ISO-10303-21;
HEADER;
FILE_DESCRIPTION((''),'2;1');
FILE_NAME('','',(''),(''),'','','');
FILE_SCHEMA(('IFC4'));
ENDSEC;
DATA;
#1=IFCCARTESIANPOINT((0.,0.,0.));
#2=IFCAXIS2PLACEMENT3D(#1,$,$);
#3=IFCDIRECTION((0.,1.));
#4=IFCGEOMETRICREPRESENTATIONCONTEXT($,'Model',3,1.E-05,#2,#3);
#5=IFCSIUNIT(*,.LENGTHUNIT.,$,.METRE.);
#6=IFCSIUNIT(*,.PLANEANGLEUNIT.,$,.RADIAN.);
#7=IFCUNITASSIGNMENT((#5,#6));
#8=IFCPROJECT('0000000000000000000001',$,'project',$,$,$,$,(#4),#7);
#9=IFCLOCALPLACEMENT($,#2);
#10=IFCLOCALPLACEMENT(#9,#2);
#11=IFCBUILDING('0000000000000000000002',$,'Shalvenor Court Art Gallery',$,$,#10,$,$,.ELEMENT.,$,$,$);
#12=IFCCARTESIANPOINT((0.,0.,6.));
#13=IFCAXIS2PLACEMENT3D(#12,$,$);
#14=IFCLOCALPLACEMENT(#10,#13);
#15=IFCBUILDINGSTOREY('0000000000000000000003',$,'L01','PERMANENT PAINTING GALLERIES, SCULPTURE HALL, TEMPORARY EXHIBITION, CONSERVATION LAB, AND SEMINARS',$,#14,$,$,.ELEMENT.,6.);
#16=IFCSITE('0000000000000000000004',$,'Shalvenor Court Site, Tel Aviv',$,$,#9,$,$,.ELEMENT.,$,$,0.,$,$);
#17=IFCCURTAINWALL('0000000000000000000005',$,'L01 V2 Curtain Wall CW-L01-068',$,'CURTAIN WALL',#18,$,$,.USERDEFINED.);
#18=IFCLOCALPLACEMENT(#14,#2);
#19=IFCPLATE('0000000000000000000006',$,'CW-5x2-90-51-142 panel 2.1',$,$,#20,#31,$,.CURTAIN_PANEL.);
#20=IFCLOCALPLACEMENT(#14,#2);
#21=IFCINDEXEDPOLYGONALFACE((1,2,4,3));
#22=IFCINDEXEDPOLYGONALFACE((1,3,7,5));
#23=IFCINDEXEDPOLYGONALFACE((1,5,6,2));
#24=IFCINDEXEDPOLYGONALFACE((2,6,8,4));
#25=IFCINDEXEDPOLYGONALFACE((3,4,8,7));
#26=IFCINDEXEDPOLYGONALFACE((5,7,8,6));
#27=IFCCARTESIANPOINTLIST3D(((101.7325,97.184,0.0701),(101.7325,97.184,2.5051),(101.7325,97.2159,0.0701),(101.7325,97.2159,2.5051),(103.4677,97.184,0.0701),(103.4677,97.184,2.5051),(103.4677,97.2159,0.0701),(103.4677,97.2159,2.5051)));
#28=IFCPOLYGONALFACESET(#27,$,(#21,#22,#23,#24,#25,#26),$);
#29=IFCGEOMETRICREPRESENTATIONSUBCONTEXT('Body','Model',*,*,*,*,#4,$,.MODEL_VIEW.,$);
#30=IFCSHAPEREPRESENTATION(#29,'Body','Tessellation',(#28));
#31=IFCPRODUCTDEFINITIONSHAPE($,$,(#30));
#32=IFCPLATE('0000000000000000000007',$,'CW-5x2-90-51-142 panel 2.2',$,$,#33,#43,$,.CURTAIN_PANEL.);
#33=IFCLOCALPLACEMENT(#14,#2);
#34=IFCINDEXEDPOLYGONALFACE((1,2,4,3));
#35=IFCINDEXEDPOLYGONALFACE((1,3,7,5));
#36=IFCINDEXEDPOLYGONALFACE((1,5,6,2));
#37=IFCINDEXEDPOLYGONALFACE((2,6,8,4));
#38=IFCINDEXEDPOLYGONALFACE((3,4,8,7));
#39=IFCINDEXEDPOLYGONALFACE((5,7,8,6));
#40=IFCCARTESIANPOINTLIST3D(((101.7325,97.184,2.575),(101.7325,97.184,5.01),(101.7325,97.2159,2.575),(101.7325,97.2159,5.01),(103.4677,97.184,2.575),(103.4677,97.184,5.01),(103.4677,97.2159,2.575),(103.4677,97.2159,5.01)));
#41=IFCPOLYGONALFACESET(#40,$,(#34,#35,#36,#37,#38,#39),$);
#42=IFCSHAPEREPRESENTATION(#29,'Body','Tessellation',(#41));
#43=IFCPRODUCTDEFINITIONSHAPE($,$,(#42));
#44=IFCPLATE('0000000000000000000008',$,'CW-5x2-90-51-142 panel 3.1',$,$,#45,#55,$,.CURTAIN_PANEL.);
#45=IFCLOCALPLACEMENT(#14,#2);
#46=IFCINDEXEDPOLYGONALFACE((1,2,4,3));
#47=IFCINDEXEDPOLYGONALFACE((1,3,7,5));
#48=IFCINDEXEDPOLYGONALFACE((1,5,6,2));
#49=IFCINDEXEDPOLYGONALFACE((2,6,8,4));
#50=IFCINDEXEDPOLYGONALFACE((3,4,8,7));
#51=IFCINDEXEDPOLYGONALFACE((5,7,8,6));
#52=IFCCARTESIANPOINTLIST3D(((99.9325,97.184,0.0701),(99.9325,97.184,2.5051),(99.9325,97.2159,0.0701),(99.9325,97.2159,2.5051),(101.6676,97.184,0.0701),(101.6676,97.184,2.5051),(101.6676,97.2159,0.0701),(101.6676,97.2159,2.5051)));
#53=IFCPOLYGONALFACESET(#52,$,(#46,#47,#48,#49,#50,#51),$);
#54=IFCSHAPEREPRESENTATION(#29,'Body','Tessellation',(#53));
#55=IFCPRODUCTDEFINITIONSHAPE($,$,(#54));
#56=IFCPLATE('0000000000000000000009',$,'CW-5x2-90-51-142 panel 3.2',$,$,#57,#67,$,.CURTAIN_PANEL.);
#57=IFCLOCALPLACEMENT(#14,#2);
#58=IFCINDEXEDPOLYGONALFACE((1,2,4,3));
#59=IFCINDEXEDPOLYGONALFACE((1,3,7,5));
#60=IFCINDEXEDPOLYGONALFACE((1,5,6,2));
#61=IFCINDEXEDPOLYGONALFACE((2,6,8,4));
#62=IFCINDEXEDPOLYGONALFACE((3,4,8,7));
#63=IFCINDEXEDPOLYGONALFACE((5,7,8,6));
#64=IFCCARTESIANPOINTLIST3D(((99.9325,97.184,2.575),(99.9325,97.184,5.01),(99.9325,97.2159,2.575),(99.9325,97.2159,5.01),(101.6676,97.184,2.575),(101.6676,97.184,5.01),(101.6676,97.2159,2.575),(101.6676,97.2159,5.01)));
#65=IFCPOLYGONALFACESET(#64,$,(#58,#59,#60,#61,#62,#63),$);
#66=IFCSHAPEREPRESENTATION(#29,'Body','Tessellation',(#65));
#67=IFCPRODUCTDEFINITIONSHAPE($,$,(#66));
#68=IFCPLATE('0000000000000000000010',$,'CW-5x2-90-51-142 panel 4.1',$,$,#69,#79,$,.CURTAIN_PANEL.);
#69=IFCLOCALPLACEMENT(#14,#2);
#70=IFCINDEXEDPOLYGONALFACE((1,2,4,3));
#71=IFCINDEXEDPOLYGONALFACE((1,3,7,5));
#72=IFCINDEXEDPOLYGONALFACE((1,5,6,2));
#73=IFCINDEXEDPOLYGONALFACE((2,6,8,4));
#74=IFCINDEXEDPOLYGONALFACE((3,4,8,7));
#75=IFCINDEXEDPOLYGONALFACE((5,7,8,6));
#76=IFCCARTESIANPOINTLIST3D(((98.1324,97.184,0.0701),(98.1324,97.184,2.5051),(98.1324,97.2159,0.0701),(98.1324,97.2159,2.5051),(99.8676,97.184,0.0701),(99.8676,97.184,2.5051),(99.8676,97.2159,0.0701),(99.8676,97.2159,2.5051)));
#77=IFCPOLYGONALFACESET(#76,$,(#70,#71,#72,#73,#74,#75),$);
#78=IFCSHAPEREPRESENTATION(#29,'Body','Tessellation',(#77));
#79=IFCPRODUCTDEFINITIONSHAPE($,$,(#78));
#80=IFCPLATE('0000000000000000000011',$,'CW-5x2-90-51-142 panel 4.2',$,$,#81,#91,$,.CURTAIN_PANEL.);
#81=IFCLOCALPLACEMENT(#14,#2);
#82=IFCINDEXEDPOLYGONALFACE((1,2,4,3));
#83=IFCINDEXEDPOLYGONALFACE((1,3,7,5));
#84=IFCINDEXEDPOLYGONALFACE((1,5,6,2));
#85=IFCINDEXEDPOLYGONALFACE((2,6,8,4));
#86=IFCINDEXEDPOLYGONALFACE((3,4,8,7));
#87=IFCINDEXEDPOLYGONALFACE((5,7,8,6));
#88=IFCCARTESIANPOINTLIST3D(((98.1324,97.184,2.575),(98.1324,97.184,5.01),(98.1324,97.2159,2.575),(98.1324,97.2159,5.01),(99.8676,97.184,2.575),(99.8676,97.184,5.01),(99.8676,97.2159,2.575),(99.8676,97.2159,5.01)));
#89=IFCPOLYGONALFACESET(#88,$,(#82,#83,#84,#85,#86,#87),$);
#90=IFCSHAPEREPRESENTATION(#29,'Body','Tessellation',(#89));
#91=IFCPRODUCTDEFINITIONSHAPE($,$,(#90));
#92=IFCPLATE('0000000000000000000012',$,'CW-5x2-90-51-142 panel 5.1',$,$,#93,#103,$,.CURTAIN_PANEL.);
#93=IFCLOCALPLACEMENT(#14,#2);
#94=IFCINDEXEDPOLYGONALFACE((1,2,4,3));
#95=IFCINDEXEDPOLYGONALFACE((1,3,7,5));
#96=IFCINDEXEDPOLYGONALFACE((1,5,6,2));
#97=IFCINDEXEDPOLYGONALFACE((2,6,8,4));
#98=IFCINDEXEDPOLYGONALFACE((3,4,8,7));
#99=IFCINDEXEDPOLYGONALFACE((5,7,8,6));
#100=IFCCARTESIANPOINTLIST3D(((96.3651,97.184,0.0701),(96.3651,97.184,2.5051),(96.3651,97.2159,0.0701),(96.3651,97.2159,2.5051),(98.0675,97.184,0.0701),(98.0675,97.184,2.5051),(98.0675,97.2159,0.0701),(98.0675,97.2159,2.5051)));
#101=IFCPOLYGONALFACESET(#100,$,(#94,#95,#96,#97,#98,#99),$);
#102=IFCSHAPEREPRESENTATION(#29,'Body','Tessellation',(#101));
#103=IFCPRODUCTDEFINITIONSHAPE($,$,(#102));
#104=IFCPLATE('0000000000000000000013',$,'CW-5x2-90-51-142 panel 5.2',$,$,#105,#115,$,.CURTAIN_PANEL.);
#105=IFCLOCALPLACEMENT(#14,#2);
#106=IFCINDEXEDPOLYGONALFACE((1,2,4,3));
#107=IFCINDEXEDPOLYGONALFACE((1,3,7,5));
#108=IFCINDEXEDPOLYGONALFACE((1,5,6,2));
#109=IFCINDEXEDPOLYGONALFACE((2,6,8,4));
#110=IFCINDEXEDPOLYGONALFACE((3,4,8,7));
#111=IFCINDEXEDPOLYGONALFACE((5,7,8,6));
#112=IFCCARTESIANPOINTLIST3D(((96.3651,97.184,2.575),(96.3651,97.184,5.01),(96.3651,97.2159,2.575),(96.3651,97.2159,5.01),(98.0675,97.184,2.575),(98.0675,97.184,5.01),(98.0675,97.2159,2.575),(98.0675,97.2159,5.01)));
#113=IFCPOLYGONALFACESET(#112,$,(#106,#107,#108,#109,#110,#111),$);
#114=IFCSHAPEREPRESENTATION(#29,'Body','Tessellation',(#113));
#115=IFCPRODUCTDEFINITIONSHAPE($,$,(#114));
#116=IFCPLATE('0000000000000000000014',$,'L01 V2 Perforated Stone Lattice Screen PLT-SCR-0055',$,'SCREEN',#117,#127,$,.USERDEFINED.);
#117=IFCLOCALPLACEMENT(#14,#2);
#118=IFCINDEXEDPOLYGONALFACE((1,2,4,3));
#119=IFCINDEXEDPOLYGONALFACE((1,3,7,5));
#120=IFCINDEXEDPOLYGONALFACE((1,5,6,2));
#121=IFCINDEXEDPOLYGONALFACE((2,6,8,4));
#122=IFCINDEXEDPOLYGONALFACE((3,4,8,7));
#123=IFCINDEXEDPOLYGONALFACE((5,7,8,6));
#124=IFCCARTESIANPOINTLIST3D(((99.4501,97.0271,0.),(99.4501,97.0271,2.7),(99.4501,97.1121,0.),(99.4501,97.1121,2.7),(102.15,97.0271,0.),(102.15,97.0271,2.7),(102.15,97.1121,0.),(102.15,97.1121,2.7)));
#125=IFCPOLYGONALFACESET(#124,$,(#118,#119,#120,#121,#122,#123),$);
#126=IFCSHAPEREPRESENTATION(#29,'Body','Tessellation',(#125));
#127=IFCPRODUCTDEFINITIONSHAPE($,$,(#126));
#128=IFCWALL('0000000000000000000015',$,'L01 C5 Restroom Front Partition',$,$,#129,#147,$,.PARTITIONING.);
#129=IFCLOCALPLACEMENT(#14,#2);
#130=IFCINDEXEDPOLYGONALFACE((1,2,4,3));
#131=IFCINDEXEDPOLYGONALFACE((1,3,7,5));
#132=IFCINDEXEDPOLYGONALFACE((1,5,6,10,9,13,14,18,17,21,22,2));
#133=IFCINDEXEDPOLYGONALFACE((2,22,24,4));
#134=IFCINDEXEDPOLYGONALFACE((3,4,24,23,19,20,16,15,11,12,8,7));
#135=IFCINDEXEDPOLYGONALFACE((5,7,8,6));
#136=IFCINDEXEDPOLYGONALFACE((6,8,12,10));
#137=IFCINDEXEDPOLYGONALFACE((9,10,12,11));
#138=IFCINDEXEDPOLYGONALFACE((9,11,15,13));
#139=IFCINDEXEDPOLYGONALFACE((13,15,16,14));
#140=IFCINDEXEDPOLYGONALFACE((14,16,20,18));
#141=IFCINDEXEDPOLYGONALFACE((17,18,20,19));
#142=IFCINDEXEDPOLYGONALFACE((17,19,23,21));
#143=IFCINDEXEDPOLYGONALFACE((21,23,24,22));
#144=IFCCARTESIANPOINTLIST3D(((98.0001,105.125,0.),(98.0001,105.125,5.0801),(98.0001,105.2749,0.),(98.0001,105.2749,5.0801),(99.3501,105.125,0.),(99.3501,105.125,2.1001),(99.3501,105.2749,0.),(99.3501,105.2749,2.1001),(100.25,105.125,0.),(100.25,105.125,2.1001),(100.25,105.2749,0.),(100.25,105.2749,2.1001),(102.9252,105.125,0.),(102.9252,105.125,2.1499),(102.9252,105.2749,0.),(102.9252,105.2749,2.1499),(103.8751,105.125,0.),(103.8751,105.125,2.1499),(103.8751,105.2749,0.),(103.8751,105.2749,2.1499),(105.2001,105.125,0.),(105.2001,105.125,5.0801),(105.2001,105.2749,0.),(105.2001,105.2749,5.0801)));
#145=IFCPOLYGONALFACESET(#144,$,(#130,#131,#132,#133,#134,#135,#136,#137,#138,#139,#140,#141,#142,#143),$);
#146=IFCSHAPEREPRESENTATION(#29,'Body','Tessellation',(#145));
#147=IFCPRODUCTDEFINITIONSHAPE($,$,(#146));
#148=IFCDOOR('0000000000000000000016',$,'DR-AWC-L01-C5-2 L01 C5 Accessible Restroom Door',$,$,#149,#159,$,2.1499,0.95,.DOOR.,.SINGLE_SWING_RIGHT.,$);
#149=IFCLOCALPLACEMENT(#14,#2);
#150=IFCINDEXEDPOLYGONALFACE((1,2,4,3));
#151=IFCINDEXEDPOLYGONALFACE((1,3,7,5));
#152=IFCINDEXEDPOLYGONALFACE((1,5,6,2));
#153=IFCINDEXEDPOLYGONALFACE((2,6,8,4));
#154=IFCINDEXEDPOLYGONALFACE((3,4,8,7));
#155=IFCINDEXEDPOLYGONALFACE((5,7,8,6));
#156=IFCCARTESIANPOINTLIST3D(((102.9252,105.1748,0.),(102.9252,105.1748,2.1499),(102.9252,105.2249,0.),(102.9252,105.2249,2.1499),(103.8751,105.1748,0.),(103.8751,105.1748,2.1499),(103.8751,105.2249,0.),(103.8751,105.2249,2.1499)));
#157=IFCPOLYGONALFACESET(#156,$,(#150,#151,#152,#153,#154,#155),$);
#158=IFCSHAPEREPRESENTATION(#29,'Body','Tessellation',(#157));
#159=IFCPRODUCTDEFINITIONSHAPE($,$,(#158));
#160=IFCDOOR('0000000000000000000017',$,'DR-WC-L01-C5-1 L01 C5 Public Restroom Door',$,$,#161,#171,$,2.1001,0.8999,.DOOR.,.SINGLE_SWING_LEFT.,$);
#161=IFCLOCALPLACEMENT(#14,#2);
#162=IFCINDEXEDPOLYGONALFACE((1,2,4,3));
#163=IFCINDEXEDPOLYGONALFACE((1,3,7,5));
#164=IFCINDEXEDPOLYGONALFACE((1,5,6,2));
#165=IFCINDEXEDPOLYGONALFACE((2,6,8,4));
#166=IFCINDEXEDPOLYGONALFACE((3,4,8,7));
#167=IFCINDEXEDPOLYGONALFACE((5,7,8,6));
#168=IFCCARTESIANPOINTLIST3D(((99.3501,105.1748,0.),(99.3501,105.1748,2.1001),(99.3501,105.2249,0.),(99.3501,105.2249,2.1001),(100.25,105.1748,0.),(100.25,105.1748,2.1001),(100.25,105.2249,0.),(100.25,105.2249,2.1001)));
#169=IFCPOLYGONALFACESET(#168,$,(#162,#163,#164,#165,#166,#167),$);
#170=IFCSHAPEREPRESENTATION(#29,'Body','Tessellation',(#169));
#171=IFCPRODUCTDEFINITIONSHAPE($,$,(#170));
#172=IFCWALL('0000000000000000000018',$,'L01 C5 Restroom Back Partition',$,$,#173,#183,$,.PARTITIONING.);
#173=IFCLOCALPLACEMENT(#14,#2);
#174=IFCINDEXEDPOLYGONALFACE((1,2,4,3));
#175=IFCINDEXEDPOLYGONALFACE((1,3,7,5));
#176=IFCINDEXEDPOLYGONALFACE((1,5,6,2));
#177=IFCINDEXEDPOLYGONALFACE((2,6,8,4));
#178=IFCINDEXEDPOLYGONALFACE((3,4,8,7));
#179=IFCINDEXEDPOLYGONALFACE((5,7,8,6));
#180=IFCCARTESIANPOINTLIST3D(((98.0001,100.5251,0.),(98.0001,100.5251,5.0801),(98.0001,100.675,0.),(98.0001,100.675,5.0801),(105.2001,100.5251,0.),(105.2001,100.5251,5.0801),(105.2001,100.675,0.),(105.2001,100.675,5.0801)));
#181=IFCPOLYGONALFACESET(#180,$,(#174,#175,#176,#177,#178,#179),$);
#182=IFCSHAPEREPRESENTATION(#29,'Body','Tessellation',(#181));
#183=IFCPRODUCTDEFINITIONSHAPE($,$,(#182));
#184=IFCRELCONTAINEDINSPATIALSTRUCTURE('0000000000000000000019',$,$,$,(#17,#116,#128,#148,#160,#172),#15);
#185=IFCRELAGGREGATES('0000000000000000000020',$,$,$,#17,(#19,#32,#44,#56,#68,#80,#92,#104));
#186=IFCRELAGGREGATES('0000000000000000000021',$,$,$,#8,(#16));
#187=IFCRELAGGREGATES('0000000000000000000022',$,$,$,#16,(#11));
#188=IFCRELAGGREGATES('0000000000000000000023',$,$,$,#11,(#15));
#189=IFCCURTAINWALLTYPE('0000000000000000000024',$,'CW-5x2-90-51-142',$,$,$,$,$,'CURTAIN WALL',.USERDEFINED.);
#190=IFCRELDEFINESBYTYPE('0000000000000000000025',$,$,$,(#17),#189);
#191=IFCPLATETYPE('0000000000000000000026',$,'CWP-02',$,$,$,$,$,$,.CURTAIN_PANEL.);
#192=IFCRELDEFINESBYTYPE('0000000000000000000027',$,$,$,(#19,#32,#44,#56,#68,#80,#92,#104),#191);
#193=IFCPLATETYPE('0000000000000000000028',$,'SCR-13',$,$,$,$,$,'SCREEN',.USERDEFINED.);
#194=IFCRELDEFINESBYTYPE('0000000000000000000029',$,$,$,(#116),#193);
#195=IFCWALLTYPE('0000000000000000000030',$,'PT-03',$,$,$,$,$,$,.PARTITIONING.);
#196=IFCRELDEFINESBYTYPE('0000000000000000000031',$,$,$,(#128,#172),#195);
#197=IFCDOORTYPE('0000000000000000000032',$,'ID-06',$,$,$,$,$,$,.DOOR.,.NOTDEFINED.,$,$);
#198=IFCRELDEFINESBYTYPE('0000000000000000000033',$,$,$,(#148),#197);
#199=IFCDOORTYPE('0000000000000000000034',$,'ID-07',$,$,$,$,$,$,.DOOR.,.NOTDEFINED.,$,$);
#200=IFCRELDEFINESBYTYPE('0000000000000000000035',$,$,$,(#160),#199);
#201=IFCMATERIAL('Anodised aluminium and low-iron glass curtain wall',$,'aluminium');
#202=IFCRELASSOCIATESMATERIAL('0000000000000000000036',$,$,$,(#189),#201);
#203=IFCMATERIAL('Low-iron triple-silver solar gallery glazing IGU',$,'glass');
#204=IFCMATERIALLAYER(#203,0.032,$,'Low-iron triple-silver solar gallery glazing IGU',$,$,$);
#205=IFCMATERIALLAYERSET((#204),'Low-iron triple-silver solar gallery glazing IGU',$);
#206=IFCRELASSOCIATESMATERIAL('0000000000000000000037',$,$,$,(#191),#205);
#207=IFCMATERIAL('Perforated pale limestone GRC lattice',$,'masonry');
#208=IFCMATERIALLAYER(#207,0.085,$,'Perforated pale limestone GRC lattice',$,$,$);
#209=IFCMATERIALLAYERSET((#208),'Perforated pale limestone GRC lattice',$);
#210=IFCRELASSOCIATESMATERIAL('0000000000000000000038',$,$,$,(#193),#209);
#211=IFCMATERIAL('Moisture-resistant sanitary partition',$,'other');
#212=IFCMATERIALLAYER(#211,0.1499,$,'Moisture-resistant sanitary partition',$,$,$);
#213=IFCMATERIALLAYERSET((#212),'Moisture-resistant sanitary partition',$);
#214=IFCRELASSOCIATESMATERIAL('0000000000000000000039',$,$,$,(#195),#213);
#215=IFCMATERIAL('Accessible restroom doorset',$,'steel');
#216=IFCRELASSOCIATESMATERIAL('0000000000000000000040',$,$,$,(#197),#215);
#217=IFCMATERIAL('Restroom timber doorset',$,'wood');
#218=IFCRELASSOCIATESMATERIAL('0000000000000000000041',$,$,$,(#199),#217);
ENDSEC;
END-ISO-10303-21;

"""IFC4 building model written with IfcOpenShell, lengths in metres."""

from ifc_helpers import new_model, si_unit, direction, frame, frame_2d, origin, origin_2d, place, context, subcontext, project, spatial, rectangle, extrude, material, layer, layer_set, type_object, element, fill, aggregate, save


model = new_model("IFC4")

# Units and contexts
model_context = context("Model", 3, precision=1e-05, world=origin(), true_north=direction((0.0, 1.0)))
body_context = subcontext(model_context, "Body", "Model", "MODEL_VIEW")
ifc_project = project(units=[si_unit("LENGTHUNIT", "METRE"), si_unit("PLANEANGLEUNIT", "RADIAN")], contexts=[model_context])

# Site, building, storey
site_placement = place(None, origin())
site = spatial("IfcSite", under=ifc_project, at=site_placement, Name="Shalvenor Court Site, Tel Aviv", CompositionType="ELEMENT", RefElevation=0.0)
building_placement = place(site_placement, origin())
building = spatial("IfcBuilding", under=site, at=building_placement, Name="Shalvenor Court Art Gallery", CompositionType="ELEMENT")
storey_placement = place(building_placement, frame((0.0, 0.0, 6.0)))
storey = spatial("IfcBuildingStorey", under=building, at=storey_placement, Name="L01", Description="PERMANENT PAINTING GALLERIES, SCULPTURE HALL, TEMPORARY EXHIBITION, CONSERVATION LAB, AND SEMINARS", CompositionType="ELEMENT", Elevation=6.0)

# Curtain wall, plates
ifc_material_1 = material(Name="Anodised aluminium and low-iron glass curtain wall", Category="aluminium")
curtain_wall_type = type_object("IfcCurtainWallType", Name="CW-5x2-90-51-142", ElementType="CURTAIN WALL", PredefinedType="USERDEFINED", material=ifc_material_1)
curtain_wall_placement = place(storey_placement, origin())
curtain_wall = element("IfcCurtainWall", 1, at=curtain_wall_placement, inside=storey, type_object=curtain_wall_type, Name="L01 V2 Curtain Wall CW-L01-068", ObjectType="CURTAIN WALL", PredefinedType="USERDEFINED")
ifc_material_2 = material(Name="Low-iron triple-silver solar gallery glazing IGU", Category="glass")
ifc_layer_1 = layer(ifc_material_2, 0.032, Name="Low-iron triple-silver solar gallery glazing IGU")
ifc_layer_set_1 = layer_set([ifc_layer_1], Name="Low-iron triple-silver solar gallery glazing IGU")
plate_type_1 = type_object("IfcPlateType", Name="CWP-02", PredefinedType="CURTAIN_PANEL", material=ifc_layer_set_1)
plate_1_placement = place(storey_placement, frame((102.6001, 97.2, 0.0701), z_axis=(0.0, 0.0, 1.0), x_axis=(-1.0, 0.0, 0.0)))
plate_1 = element("IfcPlate", 2, at=plate_1_placement, type_object=plate_type_1, Name="CW-5x2-90-51-142 panel 2.1", PredefinedType="CURTAIN_PANEL", context=body_context, shape_type="SweptSolid", body=[
    extrude(rectangle(XDim=1.7351, YDim=0.032, at=origin_2d()), origin(), (0.0, 0.0, 1.0), 2.4351),
])
plate_2_placement = place(storey_placement, frame((102.6001, 97.2, 2.575), z_axis=(0.0, 0.0, 1.0), x_axis=(-1.0, 0.0, 0.0)))
plate_2 = element("IfcPlate", 3, at=plate_2_placement, type_object=plate_type_1, Name="CW-5x2-90-51-142 panel 2.2", PredefinedType="CURTAIN_PANEL", context=body_context, shape_type="SweptSolid", body=[
    extrude(rectangle(XDim=1.7351, YDim=0.032, at=origin_2d()), origin(), (0.0, 0.0, 1.0), 2.4351),
])
plate_3_placement = place(storey_placement, frame((100.8, 97.2, 0.0701), z_axis=(0.0, 0.0, 1.0), x_axis=(-1.0, 0.0, 0.0)))
plate_3 = element("IfcPlate", 4, at=plate_3_placement, type_object=plate_type_1, Name="CW-5x2-90-51-142 panel 3.1", PredefinedType="CURTAIN_PANEL", context=body_context, shape_type="SweptSolid", body=[
    extrude(rectangle(XDim=1.7351, YDim=0.032, at=origin_2d()), origin(), (0.0, 0.0, 1.0), 2.4351),
])
plate_4_placement = place(storey_placement, frame((100.8, 97.2, 2.575), z_axis=(0.0, 0.0, 1.0), x_axis=(-1.0, 0.0, 0.0)))
plate_4 = element("IfcPlate", 5, at=plate_4_placement, type_object=plate_type_1, Name="CW-5x2-90-51-142 panel 3.2", PredefinedType="CURTAIN_PANEL", context=body_context, shape_type="SweptSolid", body=[
    extrude(rectangle(XDim=1.7351, YDim=0.032, at=origin_2d()), origin(), (0.0, 0.0, 1.0), 2.4351),
])
plate_5_placement = place(storey_placement, frame((99.0, 97.2, 0.0701), z_axis=(0.0, 0.0, 1.0), x_axis=(-1.0, 0.0, 0.0)))
plate_5 = element("IfcPlate", 6, at=plate_5_placement, type_object=plate_type_1, Name="CW-5x2-90-51-142 panel 4.1", PredefinedType="CURTAIN_PANEL", context=body_context, shape_type="SweptSolid", body=[
    extrude(rectangle(XDim=1.7351, YDim=0.032, at=origin_2d()), origin(), (0.0, 0.0, 1.0), 2.4351),
])
plate_6_placement = place(storey_placement, frame((99.0, 97.2, 2.575), z_axis=(0.0, 0.0, 1.0), x_axis=(-1.0, 0.0, 0.0)))
plate_6 = element("IfcPlate", 7, at=plate_6_placement, type_object=plate_type_1, Name="CW-5x2-90-51-142 panel 4.2", PredefinedType="CURTAIN_PANEL", context=body_context, shape_type="SweptSolid", body=[
    extrude(rectangle(XDim=1.7351, YDim=0.032, at=origin_2d()), origin(), (0.0, 0.0, 1.0), 2.4351),
])
plate_7_placement = place(storey_placement, frame((97.2163, 97.2, 0.0701), z_axis=(0.0, 0.0, 1.0), x_axis=(-1.0, 0.0, 0.0)))
plate_7 = element("IfcPlate", 8, at=plate_7_placement, type_object=plate_type_1, Name="CW-5x2-90-51-142 panel 5.1", PredefinedType="CURTAIN_PANEL", context=body_context, shape_type="SweptSolid", body=[
    extrude(rectangle(XDim=1.7024, YDim=0.032, at=origin_2d()), origin(), (0.0, 0.0, 1.0), 2.4351),
])
plate_8_placement = place(storey_placement, frame((97.2163, 97.2, 2.575), z_axis=(0.0, 0.0, 1.0), x_axis=(-1.0, 0.0, 0.0)))
plate_8 = element("IfcPlate", 9, at=plate_8_placement, type_object=plate_type_1, Name="CW-5x2-90-51-142 panel 5.2", PredefinedType="CURTAIN_PANEL", context=body_context, shape_type="SweptSolid", body=[
    extrude(rectangle(XDim=1.7024, YDim=0.032, at=origin_2d()), origin(), (0.0, 0.0, 1.0), 2.4351),
])
aggregate(curtain_wall, [plate_1, plate_2, plate_3, plate_4, plate_5, plate_6, plate_7, plate_8])

# Plate
ifc_material_3 = material(Name="Perforated pale limestone GRC lattice", Category="masonry")
ifc_layer_2 = layer(ifc_material_3, 0.085, Name="Perforated pale limestone GRC lattice")
ifc_layer_set_2 = layer_set([ifc_layer_2], Name="Perforated pale limestone GRC lattice")
plate_type_2 = type_object("IfcPlateType", Name="SCR-13", ElementType="SCREEN", PredefinedType="USERDEFINED", material=ifc_layer_set_2)
plate_9_placement = place(storey_placement, frame((100.8, 97.0696, 0.0), z_axis=(0.0, 0.0, 1.0), x_axis=(-1.0, 0.0, 0.0)))
element("IfcPlate", 10, at=plate_9_placement, inside=storey, type_object=plate_type_2, Name="L01 V2 Perforated Stone Lattice Screen PLT-SCR-0055", ObjectType="SCREEN", PredefinedType="USERDEFINED", context=body_context, shape_type="SweptSolid", body=[
    extrude(rectangle(XDim=2.7, YDim=0.085, at=origin_2d()), origin(), (0.0, 0.0, 1.0), 2.7),
])

# Wall, openings, doors
ifc_material_4 = material(Name="Moisture-resistant sanitary partition", Category="other")
ifc_layer_3 = layer(ifc_material_4, 0.1499, Name="Moisture-resistant sanitary partition")
ifc_layer_set_3 = layer_set([ifc_layer_3], Name="Moisture-resistant sanitary partition")
wall_type = type_object("IfcWallType", Name="PT-03", PredefinedType="PARTITIONING", material=ifc_layer_set_3)
wall_1_placement = place(storey_placement, frame((98.0, 105.2, 0.0), z_axis=(0.0, 0.0, 1.0), x_axis=(1.0, 0.0, 0.0)))
wall_1 = element("IfcWall", 11, at=wall_1_placement, inside=storey, type_object=wall_type, Name="L01 C5 Restroom Front Partition", PredefinedType="PARTITIONING", context=body_context, shape_type="SweptSolid", body=[
    extrude(rectangle(XDim=7.2, YDim=0.1499, at=frame_2d((3.6001, 0.0))), origin(), (0.0, 0.0, 1.0), 5.0801),
])
opening_1_placement = place(wall_1_placement, frame((1.3501, 0.0, 0.0)))
opening_1 = element("IfcOpeningElement", 12, at=opening_1_placement, cuts=wall_1, PredefinedType="OPENING", context=body_context, shape_type="SweptSolid", body=[
    extrude(rectangle(XDim=0.8999, YDim=2.1001, at=frame_2d((0.45, 1.05))), frame((0.0, 0.085, 0.0), z_axis=(0.0, -1.0, 0.0), x_axis=(1.0, 0.0, 0.0)), (0.0, 0.0, 1.0), 0.1699),
])
opening_2_placement = place(wall_1_placement, frame((4.925, 0.0, 0.0)))
opening_2 = element("IfcOpeningElement", 13, at=opening_2_placement, cuts=wall_1, PredefinedType="OPENING", context=body_context, shape_type="SweptSolid", body=[
    extrude(rectangle(XDim=0.95, YDim=2.1499, at=frame_2d((0.4751, 1.075))), frame((0.0, 0.085, 0.0), z_axis=(0.0, -1.0, 0.0), x_axis=(1.0, 0.0, 0.0)), (0.0, 0.0, 1.0), 0.1699),
])
ifc_material_5 = material(Name="Accessible restroom doorset", Category="steel")
door_type_1 = type_object("IfcDoorType", Name="ID-06", OperationType="NOTDEFINED", PredefinedType="DOOR", material=ifc_material_5)
door_1_placement = place(opening_2_placement, origin())
door_1 = element("IfcDoor", 14, at=door_1_placement, inside=storey, type_object=door_type_1, Name="DR-AWC-L01-C5-2 L01 C5 Accessible Restroom Door", OperationType="SINGLE_SWING_RIGHT", OverallHeight=2.1499, OverallWidth=0.95, PredefinedType="DOOR", context=body_context, shape_type="SweptSolid", body=[
    extrude(rectangle(XDim=0.95, YDim=2.1499, at=frame_2d((0.4751, 1.075))), frame((0.0, 0.0249, 0.0), z_axis=(0.0, -1.0, 0.0), x_axis=(1.0, 0.0, 0.0)), (0.0, 0.0, 1.0), 0.05),
])
fill(opening_2, door_1)
ifc_material_6 = material(Name="Restroom timber doorset", Category="wood")
door_type_2 = type_object("IfcDoorType", Name="ID-07", OperationType="NOTDEFINED", PredefinedType="DOOR", material=ifc_material_6)
door_2_placement = place(opening_1_placement, origin())
door_2 = element("IfcDoor", 15, at=door_2_placement, inside=storey, type_object=door_type_2, Name="DR-WC-L01-C5-1 L01 C5 Public Restroom Door", OperationType="SINGLE_SWING_LEFT", OverallHeight=2.1001, OverallWidth=0.8999, PredefinedType="DOOR", context=body_context, shape_type="SweptSolid", body=[
    extrude(rectangle(XDim=0.8999, YDim=2.1001, at=frame_2d((0.45, 1.05))), frame((0.0, 0.0249, 0.0), z_axis=(0.0, -1.0, 0.0), x_axis=(1.0, 0.0, 0.0)), (0.0, 0.0, 1.0), 0.05),
])
fill(opening_1, door_2)

# Wall
wall_2_placement = place(storey_placement, frame((98.0, 100.6001, 0.0), z_axis=(0.0, 0.0, 1.0), x_axis=(1.0, 0.0, 0.0)))
element("IfcWall", 16, at=wall_2_placement, inside=storey, type_object=wall_type, Name="L01 C5 Restroom Back Partition", PredefinedType="PARTITIONING", context=body_context, shape_type="SweptSolid", body=[
    extrude(rectangle(XDim=7.2, YDim=0.1499, at=frame_2d((3.6001, 0.0))), origin(), (0.0, 0.0, 1.0), 5.0801),
])

save(model, "model.ifc")
